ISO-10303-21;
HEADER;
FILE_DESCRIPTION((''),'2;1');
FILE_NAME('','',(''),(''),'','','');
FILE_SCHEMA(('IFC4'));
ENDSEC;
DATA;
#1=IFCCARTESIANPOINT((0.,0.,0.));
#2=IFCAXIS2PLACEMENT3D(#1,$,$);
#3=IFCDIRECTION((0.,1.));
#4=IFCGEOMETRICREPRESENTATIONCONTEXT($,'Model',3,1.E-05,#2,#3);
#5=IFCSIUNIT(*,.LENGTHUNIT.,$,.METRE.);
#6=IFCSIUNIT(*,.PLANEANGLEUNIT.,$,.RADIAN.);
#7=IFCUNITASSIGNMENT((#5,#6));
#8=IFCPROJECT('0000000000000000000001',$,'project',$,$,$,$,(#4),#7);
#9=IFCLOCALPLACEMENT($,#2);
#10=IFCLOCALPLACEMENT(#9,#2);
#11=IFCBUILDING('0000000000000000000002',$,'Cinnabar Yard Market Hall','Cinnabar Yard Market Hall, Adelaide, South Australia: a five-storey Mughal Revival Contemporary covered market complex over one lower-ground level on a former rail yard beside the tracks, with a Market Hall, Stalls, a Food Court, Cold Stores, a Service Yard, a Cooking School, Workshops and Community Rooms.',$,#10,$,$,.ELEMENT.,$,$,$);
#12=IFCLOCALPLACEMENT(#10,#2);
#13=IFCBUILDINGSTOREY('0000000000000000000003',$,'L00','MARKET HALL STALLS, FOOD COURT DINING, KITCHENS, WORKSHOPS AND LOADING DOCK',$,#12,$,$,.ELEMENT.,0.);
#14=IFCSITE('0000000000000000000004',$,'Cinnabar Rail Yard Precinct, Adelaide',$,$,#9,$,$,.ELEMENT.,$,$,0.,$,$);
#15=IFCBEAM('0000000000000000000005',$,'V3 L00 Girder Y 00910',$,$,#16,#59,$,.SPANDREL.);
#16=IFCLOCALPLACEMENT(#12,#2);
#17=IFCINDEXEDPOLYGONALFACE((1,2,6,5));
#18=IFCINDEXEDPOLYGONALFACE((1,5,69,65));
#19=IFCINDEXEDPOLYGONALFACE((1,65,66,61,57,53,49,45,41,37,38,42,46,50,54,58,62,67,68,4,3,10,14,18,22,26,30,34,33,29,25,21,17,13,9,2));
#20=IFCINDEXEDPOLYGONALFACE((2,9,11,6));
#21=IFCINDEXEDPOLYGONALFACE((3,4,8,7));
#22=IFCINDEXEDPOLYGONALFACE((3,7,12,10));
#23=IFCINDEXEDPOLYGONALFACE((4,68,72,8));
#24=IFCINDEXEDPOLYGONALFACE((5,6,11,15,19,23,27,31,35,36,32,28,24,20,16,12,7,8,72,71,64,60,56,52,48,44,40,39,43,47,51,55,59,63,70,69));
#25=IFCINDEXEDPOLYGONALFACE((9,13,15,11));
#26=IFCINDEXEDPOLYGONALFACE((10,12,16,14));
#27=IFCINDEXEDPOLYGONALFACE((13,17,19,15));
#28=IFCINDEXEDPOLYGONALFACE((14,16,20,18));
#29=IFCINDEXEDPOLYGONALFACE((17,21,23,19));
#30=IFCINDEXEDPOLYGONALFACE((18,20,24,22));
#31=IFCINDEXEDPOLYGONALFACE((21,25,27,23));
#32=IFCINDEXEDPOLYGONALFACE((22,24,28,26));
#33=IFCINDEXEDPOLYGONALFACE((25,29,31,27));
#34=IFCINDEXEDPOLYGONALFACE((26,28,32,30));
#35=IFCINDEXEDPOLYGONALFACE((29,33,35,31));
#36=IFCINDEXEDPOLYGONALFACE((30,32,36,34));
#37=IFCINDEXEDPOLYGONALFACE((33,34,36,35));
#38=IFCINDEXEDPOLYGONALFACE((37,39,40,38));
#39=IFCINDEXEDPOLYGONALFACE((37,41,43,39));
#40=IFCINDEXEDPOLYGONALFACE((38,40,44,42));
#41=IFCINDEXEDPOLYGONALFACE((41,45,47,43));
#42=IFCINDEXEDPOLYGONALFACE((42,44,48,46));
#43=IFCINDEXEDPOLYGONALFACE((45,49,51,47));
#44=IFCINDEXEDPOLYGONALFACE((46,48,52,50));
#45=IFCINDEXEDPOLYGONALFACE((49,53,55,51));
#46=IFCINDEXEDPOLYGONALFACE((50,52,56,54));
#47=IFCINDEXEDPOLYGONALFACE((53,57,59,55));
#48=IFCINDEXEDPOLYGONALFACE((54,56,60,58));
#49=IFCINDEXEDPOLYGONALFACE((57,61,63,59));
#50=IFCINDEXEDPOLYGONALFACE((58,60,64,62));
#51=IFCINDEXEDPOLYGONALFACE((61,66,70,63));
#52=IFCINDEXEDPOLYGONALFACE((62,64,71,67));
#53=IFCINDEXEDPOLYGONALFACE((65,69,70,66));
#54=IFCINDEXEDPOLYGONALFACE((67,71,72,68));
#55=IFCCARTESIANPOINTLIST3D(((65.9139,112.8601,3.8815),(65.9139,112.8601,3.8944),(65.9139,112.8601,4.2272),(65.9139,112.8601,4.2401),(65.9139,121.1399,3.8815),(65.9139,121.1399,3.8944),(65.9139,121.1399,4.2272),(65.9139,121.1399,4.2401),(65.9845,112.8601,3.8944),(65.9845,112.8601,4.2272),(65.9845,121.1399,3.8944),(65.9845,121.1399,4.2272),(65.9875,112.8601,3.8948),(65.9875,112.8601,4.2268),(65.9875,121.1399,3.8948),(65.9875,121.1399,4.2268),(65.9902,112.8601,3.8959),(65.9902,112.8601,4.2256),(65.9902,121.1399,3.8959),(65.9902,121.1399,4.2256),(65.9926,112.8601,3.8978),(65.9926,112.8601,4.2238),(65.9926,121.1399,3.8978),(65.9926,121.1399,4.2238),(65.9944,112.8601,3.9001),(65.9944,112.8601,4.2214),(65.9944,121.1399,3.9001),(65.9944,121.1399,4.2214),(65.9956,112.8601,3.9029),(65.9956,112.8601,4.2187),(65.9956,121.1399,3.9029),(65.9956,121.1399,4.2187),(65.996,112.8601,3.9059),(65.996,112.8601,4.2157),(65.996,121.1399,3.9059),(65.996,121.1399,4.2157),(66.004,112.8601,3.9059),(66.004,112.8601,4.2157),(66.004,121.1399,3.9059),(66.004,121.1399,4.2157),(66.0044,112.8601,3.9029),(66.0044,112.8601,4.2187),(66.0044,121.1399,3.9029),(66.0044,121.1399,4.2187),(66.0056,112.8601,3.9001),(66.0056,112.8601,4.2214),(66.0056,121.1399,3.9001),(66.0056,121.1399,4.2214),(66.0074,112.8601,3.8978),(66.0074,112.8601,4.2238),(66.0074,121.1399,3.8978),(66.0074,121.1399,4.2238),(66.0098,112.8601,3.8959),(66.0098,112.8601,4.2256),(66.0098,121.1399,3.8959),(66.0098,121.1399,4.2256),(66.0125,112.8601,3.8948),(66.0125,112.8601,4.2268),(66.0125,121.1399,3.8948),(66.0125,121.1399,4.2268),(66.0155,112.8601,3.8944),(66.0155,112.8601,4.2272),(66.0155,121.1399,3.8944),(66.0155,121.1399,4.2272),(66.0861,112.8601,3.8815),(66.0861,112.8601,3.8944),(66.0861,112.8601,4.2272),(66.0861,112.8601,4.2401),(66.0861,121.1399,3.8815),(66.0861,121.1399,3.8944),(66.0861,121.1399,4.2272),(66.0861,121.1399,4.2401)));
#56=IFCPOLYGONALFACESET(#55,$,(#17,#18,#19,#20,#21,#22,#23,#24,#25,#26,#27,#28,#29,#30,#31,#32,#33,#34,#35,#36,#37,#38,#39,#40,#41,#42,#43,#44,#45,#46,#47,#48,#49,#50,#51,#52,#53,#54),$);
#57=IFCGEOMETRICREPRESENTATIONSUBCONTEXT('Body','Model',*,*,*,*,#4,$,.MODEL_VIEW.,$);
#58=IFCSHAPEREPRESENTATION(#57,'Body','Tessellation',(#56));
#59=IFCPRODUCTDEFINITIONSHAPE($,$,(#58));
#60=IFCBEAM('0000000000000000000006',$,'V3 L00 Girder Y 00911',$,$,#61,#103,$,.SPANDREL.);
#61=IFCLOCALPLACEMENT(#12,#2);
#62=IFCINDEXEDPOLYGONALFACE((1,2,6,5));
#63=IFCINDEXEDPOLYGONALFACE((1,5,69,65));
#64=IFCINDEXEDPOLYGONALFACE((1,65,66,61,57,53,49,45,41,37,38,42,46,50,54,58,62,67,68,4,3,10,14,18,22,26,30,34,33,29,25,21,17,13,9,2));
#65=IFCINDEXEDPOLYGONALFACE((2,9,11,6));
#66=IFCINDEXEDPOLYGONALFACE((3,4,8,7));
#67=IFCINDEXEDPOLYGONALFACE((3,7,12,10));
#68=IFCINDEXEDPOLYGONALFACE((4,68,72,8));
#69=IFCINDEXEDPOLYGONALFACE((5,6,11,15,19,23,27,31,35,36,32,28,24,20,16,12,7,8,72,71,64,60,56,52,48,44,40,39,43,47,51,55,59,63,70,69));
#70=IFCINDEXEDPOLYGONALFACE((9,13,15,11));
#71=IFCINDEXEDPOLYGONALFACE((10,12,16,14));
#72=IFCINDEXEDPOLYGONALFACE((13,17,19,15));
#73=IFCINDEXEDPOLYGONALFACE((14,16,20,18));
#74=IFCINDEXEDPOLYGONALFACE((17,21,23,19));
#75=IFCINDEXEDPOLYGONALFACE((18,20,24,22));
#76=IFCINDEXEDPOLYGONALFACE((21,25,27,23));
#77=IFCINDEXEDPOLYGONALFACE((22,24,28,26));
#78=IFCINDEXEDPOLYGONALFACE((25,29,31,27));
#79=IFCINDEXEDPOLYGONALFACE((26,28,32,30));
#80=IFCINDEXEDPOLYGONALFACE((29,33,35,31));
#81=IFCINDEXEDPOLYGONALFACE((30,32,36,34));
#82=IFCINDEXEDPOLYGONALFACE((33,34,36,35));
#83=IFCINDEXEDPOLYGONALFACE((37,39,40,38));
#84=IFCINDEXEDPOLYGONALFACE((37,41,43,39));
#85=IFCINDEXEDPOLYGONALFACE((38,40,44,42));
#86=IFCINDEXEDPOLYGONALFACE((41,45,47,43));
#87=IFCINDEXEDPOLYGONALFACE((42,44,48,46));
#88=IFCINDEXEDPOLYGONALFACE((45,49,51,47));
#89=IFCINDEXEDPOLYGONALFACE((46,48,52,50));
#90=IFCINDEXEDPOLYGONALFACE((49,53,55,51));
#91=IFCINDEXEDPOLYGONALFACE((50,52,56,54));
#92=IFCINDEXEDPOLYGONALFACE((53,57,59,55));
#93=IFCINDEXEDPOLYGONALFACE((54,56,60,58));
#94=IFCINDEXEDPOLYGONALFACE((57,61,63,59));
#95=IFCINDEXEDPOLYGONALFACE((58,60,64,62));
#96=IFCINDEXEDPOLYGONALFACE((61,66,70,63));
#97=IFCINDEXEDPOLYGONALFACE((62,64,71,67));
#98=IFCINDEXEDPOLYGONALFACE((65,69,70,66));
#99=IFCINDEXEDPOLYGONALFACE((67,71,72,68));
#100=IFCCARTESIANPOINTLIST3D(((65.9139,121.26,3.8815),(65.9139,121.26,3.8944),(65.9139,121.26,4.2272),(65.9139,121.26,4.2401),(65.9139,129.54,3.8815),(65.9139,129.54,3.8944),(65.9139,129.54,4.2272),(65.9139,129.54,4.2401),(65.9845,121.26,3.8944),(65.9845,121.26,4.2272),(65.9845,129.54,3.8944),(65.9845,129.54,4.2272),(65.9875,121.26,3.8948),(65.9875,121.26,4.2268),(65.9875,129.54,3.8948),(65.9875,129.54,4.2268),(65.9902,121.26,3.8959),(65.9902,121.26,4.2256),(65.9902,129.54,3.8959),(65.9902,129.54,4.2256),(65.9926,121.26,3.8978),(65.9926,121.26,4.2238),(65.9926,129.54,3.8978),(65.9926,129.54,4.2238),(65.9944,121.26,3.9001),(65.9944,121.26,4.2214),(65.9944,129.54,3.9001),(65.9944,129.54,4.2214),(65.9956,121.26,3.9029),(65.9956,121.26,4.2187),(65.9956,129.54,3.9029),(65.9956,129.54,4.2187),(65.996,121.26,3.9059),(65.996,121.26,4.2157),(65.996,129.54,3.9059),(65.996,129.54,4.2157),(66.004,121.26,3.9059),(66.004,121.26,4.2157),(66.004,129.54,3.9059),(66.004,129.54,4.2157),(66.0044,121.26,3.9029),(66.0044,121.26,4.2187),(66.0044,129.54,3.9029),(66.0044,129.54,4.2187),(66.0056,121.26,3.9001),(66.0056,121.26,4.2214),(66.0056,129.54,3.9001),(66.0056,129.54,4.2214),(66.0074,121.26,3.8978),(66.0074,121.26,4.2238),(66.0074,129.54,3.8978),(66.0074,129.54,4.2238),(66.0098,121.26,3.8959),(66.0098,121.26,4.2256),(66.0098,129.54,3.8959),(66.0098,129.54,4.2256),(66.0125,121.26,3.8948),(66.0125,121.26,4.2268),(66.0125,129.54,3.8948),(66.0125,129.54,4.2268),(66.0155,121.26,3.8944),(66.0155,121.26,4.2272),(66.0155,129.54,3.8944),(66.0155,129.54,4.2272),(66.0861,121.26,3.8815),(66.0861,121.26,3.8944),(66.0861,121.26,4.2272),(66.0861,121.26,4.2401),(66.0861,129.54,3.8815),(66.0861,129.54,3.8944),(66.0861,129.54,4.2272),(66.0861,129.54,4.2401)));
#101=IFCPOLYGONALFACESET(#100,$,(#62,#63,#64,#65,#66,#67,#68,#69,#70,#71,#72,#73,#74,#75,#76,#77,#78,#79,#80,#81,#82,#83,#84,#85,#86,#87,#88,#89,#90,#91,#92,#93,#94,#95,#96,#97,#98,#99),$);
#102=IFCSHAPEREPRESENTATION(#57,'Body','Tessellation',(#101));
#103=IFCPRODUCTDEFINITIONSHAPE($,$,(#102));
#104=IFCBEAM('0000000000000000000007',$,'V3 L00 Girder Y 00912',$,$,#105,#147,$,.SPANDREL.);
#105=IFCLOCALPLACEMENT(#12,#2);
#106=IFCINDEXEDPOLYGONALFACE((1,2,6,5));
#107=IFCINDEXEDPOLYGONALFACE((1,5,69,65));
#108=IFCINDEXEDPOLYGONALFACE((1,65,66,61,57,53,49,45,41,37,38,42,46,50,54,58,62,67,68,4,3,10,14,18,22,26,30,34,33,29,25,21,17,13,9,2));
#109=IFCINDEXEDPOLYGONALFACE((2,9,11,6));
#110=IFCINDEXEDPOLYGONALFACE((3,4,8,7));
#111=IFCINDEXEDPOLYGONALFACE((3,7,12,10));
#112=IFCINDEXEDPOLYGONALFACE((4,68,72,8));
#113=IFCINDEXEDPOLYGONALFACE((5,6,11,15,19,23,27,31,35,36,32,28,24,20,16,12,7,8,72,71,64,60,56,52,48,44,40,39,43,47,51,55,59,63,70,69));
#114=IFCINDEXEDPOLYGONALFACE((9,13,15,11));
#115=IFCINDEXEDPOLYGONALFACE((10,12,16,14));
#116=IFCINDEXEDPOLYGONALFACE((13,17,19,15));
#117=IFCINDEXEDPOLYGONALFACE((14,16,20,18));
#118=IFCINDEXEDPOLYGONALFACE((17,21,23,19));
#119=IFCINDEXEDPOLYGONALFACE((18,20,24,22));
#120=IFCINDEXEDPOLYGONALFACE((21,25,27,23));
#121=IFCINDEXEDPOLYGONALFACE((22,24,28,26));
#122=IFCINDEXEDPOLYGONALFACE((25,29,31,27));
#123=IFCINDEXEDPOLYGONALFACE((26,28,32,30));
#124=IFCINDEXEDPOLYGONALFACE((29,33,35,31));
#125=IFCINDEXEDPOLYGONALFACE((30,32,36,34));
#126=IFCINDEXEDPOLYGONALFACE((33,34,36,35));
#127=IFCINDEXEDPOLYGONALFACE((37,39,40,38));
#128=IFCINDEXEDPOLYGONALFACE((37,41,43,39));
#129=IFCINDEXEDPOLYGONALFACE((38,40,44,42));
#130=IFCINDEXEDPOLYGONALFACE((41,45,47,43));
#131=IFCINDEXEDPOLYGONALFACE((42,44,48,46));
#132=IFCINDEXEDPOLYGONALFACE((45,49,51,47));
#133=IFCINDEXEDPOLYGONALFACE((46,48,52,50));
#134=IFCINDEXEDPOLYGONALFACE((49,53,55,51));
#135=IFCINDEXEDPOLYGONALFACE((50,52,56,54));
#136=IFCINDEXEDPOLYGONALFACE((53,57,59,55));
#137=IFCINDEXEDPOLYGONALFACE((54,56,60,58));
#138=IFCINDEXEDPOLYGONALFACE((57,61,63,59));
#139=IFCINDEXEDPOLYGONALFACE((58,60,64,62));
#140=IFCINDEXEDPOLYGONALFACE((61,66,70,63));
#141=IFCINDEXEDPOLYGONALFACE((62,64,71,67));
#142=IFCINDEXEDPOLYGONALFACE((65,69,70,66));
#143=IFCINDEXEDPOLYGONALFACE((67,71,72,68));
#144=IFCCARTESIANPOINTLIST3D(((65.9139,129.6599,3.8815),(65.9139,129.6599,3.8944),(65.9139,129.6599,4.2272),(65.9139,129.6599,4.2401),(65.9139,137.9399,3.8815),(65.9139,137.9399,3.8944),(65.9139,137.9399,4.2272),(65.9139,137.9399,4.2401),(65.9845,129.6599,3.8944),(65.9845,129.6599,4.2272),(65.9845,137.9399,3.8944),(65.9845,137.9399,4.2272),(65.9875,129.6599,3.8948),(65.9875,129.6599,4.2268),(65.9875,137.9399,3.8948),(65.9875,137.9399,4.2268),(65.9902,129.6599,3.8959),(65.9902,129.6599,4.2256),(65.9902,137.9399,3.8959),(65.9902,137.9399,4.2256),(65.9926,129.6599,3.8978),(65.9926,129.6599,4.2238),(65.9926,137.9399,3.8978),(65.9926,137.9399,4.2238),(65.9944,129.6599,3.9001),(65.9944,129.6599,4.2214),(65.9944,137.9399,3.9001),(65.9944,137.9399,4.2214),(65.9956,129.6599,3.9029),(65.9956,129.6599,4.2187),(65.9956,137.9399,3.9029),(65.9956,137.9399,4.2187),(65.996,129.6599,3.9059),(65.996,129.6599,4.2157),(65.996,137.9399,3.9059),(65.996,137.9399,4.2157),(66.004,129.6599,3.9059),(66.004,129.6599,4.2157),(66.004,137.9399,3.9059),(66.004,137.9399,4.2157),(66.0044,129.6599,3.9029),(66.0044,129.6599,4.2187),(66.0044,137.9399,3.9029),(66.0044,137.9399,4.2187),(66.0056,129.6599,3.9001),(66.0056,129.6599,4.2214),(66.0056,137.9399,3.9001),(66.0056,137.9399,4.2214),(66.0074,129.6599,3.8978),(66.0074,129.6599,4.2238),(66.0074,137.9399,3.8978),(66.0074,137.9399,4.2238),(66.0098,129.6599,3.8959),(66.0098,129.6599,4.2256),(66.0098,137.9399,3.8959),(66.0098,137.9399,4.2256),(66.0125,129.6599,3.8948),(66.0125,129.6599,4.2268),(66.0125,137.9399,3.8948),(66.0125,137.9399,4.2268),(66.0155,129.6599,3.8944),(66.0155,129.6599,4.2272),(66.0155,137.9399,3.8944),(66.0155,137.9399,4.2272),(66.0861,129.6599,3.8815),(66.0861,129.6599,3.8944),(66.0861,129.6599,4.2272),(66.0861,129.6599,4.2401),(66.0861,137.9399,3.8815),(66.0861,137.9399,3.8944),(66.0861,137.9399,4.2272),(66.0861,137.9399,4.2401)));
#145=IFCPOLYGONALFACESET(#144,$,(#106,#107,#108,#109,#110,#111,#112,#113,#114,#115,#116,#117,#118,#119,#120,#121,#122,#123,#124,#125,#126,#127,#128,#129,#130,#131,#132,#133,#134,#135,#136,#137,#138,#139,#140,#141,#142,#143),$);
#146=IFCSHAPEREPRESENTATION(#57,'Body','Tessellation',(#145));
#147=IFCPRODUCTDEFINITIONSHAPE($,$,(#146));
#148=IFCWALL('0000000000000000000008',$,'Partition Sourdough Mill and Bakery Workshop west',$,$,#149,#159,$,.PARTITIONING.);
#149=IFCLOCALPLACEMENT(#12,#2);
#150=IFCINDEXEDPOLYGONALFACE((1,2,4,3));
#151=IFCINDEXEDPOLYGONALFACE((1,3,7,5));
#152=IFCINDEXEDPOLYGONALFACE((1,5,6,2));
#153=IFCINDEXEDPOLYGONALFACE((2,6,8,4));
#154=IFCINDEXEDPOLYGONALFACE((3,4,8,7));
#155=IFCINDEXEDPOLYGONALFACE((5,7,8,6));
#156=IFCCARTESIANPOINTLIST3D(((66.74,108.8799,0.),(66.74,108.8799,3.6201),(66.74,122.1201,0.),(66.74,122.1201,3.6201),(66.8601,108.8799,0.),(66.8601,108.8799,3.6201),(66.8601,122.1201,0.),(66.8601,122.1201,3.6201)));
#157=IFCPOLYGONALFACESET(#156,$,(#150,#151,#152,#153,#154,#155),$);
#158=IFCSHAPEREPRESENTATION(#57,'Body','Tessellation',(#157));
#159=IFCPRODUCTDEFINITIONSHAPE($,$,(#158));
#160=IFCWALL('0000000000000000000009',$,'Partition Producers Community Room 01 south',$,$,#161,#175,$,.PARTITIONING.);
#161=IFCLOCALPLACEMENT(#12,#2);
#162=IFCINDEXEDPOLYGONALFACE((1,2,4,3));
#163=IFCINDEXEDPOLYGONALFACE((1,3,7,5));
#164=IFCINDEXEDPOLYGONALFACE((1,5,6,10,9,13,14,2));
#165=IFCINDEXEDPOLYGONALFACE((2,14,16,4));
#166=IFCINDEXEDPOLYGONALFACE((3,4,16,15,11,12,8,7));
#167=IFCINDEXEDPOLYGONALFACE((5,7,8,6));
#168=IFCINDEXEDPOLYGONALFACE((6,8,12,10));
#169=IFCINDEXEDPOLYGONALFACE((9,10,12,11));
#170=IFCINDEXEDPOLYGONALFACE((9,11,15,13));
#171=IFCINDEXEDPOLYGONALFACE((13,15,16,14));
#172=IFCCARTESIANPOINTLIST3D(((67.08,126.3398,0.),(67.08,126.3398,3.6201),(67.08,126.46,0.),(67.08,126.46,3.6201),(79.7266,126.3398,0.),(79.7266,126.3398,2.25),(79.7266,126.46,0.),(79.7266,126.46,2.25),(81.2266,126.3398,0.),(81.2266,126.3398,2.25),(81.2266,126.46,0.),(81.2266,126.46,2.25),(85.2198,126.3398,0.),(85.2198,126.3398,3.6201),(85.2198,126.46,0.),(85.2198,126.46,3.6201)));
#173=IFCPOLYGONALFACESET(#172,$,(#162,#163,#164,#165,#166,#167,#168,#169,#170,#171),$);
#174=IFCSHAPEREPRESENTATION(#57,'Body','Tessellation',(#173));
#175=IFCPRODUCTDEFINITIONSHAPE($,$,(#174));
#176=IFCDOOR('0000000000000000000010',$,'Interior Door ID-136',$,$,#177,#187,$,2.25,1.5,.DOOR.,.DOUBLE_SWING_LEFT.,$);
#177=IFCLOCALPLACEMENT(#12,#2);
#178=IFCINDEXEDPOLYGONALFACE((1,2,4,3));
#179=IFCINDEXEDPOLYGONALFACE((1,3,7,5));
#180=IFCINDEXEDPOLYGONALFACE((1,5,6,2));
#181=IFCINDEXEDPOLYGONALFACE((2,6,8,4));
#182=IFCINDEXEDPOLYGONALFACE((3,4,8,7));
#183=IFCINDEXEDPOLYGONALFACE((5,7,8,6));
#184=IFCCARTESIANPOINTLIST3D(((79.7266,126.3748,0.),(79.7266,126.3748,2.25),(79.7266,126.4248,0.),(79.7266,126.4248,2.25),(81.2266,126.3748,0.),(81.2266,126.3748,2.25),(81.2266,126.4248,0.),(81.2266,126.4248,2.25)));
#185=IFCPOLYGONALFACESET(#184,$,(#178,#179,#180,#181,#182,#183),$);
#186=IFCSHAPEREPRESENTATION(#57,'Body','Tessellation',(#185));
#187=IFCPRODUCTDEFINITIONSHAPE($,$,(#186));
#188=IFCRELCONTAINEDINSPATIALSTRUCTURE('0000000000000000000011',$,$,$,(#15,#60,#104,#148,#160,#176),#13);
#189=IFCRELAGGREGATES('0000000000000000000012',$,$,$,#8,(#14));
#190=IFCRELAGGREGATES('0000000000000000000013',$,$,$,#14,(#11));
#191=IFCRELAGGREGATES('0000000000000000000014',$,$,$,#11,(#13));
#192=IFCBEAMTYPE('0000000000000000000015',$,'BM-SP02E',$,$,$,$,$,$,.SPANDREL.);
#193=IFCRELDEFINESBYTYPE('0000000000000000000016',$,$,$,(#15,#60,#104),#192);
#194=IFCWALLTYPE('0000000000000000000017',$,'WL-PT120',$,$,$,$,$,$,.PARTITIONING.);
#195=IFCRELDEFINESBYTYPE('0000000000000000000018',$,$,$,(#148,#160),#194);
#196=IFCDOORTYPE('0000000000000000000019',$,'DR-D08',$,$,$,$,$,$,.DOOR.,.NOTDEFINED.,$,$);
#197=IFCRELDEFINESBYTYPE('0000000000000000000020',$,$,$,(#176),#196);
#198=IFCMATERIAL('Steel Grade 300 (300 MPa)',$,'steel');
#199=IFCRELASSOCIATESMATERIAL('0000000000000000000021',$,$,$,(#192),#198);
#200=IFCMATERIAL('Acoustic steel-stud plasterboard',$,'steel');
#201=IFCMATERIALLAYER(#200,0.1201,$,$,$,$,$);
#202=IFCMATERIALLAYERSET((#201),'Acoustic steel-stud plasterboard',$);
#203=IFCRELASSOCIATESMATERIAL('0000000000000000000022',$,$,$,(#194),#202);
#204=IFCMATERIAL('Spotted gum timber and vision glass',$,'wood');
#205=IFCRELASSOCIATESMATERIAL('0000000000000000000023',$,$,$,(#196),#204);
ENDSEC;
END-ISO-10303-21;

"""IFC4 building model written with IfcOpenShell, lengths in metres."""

from ifc_helpers import new_model, si_unit, direction, frame, frame_2d, origin, origin_2d_with_axis, place, context, subcontext, project, spatial, rectangle, i_section, extrude, material, layer, layer_set, material_profile, profile_set, type_object, element, fill, save


model = new_model("IFC4")

# Units and contexts
model_context = context("Model", 3, precision=1e-05, world=origin(), true_north=direction((0.0, 1.0)))
body_context = subcontext(model_context, "Body", "Model", "MODEL_VIEW")
ifc_project = project(units=[si_unit("LENGTHUNIT", "METRE"), si_unit("PLANEANGLEUNIT", "RADIAN")], contexts=[model_context])

# Site, building, storey
site_placement = place(None, origin())
site = spatial("IfcSite", under=ifc_project, at=site_placement, Name="Cinnabar Rail Yard Precinct, Adelaide", CompositionType="ELEMENT", RefElevation=0.0)
building_placement = place(site_placement, origin())
building = spatial("IfcBuilding", under=site, at=building_placement, Name="Cinnabar Yard Market Hall", Description="Cinnabar Yard Market Hall, Adelaide, South Australia: a five-storey Mughal Revival Contemporary covered market complex over one lower-ground level on a former rail yard beside the tracks, with a Market Hall, Stalls, a Food Court, Cold Stores, a Service Yard, a Cooking School, Workshops and Community Rooms.", CompositionType="ELEMENT")
storey_placement = place(building_placement, origin())
storey = spatial("IfcBuildingStorey", under=building, at=storey_placement, Name="L00", Description="MARKET HALL STALLS, FOOD COURT DINING, KITCHENS, WORKSHOPS AND LOADING DOCK", CompositionType="ELEMENT", Elevation=0.0)

# Shared definitions
ifc_material_1 = material(Name="Steel Grade 300 (300 MPa)", Category="steel")

# Beams
ifc_material_profile_1 = material_profile(ifc_material_1, i_section(OverallWidth=0.1721, OverallDepth=0.3586, WebThickness=0.0081, FlangeThickness=0.0129, FilletRadius=0.0115, at=origin_2d_with_axis()), Name="360UB56.7")
ifc_profile_set_1 = profile_set([ifc_material_profile_1], Name="Steel Grade 300 (300 MPa)")
beam_type_1 = type_object("IfcBeamType", Name="BM-SP02E", PredefinedType="SPANDREL", material=ifc_profile_set_1)
beam_1_placement = place(storey_placement, frame((66.0, 112.8601, 4.0608), z_axis=(0.0, 1.0, 0.0), x_axis=(-1.0, 0.0, 0.0)))
element("IfcBeam", 1, at=beam_1_placement, inside=storey, type_object=beam_type_1, Name="V3 L00 Girder Y 00910", PredefinedType="SPANDREL", context=body_context, shape_type="SweptSolid", body=[
    extrude(i_section(OverallWidth=0.1721, OverallDepth=0.3586, WebThickness=0.0081, FlangeThickness=0.0129, FilletRadius=0.0115, at=origin_2d_with_axis()), origin(), (0.0, 0.0, 1.0), 8.2798),
])
for number, where, z_axis, x_axis, name in (
    (2, (66.0, 121.26, 4.0608), (0.0, 1.0, 0.0), (-1.0, 0.0, 0.0), "V3 L00 Girder Y 00911"),
    (3, (66.0, 129.6599, 4.0608), (0.0, 1.0, 0.0), (-1.0, 0.0, 0.0), "V3 L00 Girder Y 00912"),
):
    element("IfcBeam", number, at=place(storey_placement, frame(where, z_axis=z_axis, x_axis=x_axis)), inside=storey, type_object=beam_type_1, Name=name, PredefinedType="SPANDREL", context=body_context, shape_type="SweptSolid", body=[
        extrude(i_section(OverallWidth=0.1721, OverallDepth=0.3586, WebThickness=0.0081, FlangeThickness=0.0129, FilletRadius=0.0115, at=origin_2d_with_axis()), origin(), (0.0, 0.0, 1.0), 8.28),
    ])

# Wall
ifc_material_2 = material(Name="Acoustic steel-stud plasterboard", Category="steel")
ifc_layer_1 = layer(ifc_material_2, 0.1201)
ifc_layer_set_1 = layer_set([ifc_layer_1], Name="Acoustic steel-stud plasterboard")
wall_type_1 = type_object("IfcWallType", Name="WL-PT120", PredefinedType="PARTITIONING", material=ifc_layer_set_1)
wall_1_placement = place(storey_placement, frame((66.8, 122.1201, 0.0), z_axis=(0.0, 0.0, 1.0), x_axis=(0.0, -1.0, 0.0)))
element("IfcWall", 4, at=wall_1_placement, inside=storey, type_object=wall_type_1, Name="Partition Sourdough Mill and Bakery Workshop west", PredefinedType="PARTITIONING", context=body_context, shape_type="SweptSolid", body=[
    extrude(rectangle(XDim=13.2402, YDim=0.1201, at=frame_2d((6.6201, 0.0), x_axis=(1.0, 0.0))), origin(), (0.0, 0.0, 1.0), 3.6201),
])

# Wall, opening, door
wall_2_placement = place(storey_placement, frame((67.0801, 126.3999, 0.0), z_axis=(0.0, 0.0, 1.0), x_axis=(1.0, 0.0, 0.0)))
wall_2 = element("IfcWall", 5, at=wall_2_placement, inside=storey, type_object=wall_type_1, Name="Partition Producers Community Room 01 south", PredefinedType="PARTITIONING", context=body_context, shape_type="SweptSolid", body=[
    extrude(rectangle(XDim=18.1399, YDim=0.1201, at=frame_2d((9.0698, 0.0), x_axis=(1.0, 0.0))), origin(), (0.0, 0.0, 1.0), 3.6201),
])
opening_1_placement = place(wall_2_placement, frame((12.6465, 0.0, 0.0)))
opening_1 = element("IfcOpeningElement", 6, at=opening_1_placement, cuts=wall_2, PredefinedType="OPENING", context=body_context, shape_type="SweptSolid", body=[
    extrude(rectangle(XDim=1.5, YDim=2.25, at=frame_2d((0.75, 1.125), x_axis=(1.0, 0.0))), frame((0.0, 0.0701, 0.0), z_axis=(0.0, -1.0, 0.0), x_axis=(1.0, 0.0, 0.0)), (0.0, 0.0, 1.0), 0.1401),
])
ifc_material_3 = material(Name="Spotted gum timber and vision glass", Category="wood")
door_type = type_object("IfcDoorType", Name="DR-D08", OperationType="NOTDEFINED", PredefinedType="DOOR", material=ifc_material_3)
door_placement = place(opening_1_placement, origin())
door = element("IfcDoor", 7, at=door_placement, inside=storey, type_object=door_type, Name="Interior Door ID-136", OperationType="DOUBLE_SWING_LEFT", OverallHeight=2.25, OverallWidth=1.5, PredefinedType="DOOR", context=body_context, shape_type="SweptSolid", body=[
    extrude(rectangle(XDim=1.5, YDim=2.25, at=frame_2d((0.75, 1.125), x_axis=(1.0, 0.0))), frame((0.0, 0.0249, 0.0), z_axis=(0.0, -1.0, 0.0), x_axis=(1.0, 0.0, 0.0)), (0.0, 0.0, 1.0), 0.05),
])
fill(opening_1, door)

save(model, "model.ifc")
